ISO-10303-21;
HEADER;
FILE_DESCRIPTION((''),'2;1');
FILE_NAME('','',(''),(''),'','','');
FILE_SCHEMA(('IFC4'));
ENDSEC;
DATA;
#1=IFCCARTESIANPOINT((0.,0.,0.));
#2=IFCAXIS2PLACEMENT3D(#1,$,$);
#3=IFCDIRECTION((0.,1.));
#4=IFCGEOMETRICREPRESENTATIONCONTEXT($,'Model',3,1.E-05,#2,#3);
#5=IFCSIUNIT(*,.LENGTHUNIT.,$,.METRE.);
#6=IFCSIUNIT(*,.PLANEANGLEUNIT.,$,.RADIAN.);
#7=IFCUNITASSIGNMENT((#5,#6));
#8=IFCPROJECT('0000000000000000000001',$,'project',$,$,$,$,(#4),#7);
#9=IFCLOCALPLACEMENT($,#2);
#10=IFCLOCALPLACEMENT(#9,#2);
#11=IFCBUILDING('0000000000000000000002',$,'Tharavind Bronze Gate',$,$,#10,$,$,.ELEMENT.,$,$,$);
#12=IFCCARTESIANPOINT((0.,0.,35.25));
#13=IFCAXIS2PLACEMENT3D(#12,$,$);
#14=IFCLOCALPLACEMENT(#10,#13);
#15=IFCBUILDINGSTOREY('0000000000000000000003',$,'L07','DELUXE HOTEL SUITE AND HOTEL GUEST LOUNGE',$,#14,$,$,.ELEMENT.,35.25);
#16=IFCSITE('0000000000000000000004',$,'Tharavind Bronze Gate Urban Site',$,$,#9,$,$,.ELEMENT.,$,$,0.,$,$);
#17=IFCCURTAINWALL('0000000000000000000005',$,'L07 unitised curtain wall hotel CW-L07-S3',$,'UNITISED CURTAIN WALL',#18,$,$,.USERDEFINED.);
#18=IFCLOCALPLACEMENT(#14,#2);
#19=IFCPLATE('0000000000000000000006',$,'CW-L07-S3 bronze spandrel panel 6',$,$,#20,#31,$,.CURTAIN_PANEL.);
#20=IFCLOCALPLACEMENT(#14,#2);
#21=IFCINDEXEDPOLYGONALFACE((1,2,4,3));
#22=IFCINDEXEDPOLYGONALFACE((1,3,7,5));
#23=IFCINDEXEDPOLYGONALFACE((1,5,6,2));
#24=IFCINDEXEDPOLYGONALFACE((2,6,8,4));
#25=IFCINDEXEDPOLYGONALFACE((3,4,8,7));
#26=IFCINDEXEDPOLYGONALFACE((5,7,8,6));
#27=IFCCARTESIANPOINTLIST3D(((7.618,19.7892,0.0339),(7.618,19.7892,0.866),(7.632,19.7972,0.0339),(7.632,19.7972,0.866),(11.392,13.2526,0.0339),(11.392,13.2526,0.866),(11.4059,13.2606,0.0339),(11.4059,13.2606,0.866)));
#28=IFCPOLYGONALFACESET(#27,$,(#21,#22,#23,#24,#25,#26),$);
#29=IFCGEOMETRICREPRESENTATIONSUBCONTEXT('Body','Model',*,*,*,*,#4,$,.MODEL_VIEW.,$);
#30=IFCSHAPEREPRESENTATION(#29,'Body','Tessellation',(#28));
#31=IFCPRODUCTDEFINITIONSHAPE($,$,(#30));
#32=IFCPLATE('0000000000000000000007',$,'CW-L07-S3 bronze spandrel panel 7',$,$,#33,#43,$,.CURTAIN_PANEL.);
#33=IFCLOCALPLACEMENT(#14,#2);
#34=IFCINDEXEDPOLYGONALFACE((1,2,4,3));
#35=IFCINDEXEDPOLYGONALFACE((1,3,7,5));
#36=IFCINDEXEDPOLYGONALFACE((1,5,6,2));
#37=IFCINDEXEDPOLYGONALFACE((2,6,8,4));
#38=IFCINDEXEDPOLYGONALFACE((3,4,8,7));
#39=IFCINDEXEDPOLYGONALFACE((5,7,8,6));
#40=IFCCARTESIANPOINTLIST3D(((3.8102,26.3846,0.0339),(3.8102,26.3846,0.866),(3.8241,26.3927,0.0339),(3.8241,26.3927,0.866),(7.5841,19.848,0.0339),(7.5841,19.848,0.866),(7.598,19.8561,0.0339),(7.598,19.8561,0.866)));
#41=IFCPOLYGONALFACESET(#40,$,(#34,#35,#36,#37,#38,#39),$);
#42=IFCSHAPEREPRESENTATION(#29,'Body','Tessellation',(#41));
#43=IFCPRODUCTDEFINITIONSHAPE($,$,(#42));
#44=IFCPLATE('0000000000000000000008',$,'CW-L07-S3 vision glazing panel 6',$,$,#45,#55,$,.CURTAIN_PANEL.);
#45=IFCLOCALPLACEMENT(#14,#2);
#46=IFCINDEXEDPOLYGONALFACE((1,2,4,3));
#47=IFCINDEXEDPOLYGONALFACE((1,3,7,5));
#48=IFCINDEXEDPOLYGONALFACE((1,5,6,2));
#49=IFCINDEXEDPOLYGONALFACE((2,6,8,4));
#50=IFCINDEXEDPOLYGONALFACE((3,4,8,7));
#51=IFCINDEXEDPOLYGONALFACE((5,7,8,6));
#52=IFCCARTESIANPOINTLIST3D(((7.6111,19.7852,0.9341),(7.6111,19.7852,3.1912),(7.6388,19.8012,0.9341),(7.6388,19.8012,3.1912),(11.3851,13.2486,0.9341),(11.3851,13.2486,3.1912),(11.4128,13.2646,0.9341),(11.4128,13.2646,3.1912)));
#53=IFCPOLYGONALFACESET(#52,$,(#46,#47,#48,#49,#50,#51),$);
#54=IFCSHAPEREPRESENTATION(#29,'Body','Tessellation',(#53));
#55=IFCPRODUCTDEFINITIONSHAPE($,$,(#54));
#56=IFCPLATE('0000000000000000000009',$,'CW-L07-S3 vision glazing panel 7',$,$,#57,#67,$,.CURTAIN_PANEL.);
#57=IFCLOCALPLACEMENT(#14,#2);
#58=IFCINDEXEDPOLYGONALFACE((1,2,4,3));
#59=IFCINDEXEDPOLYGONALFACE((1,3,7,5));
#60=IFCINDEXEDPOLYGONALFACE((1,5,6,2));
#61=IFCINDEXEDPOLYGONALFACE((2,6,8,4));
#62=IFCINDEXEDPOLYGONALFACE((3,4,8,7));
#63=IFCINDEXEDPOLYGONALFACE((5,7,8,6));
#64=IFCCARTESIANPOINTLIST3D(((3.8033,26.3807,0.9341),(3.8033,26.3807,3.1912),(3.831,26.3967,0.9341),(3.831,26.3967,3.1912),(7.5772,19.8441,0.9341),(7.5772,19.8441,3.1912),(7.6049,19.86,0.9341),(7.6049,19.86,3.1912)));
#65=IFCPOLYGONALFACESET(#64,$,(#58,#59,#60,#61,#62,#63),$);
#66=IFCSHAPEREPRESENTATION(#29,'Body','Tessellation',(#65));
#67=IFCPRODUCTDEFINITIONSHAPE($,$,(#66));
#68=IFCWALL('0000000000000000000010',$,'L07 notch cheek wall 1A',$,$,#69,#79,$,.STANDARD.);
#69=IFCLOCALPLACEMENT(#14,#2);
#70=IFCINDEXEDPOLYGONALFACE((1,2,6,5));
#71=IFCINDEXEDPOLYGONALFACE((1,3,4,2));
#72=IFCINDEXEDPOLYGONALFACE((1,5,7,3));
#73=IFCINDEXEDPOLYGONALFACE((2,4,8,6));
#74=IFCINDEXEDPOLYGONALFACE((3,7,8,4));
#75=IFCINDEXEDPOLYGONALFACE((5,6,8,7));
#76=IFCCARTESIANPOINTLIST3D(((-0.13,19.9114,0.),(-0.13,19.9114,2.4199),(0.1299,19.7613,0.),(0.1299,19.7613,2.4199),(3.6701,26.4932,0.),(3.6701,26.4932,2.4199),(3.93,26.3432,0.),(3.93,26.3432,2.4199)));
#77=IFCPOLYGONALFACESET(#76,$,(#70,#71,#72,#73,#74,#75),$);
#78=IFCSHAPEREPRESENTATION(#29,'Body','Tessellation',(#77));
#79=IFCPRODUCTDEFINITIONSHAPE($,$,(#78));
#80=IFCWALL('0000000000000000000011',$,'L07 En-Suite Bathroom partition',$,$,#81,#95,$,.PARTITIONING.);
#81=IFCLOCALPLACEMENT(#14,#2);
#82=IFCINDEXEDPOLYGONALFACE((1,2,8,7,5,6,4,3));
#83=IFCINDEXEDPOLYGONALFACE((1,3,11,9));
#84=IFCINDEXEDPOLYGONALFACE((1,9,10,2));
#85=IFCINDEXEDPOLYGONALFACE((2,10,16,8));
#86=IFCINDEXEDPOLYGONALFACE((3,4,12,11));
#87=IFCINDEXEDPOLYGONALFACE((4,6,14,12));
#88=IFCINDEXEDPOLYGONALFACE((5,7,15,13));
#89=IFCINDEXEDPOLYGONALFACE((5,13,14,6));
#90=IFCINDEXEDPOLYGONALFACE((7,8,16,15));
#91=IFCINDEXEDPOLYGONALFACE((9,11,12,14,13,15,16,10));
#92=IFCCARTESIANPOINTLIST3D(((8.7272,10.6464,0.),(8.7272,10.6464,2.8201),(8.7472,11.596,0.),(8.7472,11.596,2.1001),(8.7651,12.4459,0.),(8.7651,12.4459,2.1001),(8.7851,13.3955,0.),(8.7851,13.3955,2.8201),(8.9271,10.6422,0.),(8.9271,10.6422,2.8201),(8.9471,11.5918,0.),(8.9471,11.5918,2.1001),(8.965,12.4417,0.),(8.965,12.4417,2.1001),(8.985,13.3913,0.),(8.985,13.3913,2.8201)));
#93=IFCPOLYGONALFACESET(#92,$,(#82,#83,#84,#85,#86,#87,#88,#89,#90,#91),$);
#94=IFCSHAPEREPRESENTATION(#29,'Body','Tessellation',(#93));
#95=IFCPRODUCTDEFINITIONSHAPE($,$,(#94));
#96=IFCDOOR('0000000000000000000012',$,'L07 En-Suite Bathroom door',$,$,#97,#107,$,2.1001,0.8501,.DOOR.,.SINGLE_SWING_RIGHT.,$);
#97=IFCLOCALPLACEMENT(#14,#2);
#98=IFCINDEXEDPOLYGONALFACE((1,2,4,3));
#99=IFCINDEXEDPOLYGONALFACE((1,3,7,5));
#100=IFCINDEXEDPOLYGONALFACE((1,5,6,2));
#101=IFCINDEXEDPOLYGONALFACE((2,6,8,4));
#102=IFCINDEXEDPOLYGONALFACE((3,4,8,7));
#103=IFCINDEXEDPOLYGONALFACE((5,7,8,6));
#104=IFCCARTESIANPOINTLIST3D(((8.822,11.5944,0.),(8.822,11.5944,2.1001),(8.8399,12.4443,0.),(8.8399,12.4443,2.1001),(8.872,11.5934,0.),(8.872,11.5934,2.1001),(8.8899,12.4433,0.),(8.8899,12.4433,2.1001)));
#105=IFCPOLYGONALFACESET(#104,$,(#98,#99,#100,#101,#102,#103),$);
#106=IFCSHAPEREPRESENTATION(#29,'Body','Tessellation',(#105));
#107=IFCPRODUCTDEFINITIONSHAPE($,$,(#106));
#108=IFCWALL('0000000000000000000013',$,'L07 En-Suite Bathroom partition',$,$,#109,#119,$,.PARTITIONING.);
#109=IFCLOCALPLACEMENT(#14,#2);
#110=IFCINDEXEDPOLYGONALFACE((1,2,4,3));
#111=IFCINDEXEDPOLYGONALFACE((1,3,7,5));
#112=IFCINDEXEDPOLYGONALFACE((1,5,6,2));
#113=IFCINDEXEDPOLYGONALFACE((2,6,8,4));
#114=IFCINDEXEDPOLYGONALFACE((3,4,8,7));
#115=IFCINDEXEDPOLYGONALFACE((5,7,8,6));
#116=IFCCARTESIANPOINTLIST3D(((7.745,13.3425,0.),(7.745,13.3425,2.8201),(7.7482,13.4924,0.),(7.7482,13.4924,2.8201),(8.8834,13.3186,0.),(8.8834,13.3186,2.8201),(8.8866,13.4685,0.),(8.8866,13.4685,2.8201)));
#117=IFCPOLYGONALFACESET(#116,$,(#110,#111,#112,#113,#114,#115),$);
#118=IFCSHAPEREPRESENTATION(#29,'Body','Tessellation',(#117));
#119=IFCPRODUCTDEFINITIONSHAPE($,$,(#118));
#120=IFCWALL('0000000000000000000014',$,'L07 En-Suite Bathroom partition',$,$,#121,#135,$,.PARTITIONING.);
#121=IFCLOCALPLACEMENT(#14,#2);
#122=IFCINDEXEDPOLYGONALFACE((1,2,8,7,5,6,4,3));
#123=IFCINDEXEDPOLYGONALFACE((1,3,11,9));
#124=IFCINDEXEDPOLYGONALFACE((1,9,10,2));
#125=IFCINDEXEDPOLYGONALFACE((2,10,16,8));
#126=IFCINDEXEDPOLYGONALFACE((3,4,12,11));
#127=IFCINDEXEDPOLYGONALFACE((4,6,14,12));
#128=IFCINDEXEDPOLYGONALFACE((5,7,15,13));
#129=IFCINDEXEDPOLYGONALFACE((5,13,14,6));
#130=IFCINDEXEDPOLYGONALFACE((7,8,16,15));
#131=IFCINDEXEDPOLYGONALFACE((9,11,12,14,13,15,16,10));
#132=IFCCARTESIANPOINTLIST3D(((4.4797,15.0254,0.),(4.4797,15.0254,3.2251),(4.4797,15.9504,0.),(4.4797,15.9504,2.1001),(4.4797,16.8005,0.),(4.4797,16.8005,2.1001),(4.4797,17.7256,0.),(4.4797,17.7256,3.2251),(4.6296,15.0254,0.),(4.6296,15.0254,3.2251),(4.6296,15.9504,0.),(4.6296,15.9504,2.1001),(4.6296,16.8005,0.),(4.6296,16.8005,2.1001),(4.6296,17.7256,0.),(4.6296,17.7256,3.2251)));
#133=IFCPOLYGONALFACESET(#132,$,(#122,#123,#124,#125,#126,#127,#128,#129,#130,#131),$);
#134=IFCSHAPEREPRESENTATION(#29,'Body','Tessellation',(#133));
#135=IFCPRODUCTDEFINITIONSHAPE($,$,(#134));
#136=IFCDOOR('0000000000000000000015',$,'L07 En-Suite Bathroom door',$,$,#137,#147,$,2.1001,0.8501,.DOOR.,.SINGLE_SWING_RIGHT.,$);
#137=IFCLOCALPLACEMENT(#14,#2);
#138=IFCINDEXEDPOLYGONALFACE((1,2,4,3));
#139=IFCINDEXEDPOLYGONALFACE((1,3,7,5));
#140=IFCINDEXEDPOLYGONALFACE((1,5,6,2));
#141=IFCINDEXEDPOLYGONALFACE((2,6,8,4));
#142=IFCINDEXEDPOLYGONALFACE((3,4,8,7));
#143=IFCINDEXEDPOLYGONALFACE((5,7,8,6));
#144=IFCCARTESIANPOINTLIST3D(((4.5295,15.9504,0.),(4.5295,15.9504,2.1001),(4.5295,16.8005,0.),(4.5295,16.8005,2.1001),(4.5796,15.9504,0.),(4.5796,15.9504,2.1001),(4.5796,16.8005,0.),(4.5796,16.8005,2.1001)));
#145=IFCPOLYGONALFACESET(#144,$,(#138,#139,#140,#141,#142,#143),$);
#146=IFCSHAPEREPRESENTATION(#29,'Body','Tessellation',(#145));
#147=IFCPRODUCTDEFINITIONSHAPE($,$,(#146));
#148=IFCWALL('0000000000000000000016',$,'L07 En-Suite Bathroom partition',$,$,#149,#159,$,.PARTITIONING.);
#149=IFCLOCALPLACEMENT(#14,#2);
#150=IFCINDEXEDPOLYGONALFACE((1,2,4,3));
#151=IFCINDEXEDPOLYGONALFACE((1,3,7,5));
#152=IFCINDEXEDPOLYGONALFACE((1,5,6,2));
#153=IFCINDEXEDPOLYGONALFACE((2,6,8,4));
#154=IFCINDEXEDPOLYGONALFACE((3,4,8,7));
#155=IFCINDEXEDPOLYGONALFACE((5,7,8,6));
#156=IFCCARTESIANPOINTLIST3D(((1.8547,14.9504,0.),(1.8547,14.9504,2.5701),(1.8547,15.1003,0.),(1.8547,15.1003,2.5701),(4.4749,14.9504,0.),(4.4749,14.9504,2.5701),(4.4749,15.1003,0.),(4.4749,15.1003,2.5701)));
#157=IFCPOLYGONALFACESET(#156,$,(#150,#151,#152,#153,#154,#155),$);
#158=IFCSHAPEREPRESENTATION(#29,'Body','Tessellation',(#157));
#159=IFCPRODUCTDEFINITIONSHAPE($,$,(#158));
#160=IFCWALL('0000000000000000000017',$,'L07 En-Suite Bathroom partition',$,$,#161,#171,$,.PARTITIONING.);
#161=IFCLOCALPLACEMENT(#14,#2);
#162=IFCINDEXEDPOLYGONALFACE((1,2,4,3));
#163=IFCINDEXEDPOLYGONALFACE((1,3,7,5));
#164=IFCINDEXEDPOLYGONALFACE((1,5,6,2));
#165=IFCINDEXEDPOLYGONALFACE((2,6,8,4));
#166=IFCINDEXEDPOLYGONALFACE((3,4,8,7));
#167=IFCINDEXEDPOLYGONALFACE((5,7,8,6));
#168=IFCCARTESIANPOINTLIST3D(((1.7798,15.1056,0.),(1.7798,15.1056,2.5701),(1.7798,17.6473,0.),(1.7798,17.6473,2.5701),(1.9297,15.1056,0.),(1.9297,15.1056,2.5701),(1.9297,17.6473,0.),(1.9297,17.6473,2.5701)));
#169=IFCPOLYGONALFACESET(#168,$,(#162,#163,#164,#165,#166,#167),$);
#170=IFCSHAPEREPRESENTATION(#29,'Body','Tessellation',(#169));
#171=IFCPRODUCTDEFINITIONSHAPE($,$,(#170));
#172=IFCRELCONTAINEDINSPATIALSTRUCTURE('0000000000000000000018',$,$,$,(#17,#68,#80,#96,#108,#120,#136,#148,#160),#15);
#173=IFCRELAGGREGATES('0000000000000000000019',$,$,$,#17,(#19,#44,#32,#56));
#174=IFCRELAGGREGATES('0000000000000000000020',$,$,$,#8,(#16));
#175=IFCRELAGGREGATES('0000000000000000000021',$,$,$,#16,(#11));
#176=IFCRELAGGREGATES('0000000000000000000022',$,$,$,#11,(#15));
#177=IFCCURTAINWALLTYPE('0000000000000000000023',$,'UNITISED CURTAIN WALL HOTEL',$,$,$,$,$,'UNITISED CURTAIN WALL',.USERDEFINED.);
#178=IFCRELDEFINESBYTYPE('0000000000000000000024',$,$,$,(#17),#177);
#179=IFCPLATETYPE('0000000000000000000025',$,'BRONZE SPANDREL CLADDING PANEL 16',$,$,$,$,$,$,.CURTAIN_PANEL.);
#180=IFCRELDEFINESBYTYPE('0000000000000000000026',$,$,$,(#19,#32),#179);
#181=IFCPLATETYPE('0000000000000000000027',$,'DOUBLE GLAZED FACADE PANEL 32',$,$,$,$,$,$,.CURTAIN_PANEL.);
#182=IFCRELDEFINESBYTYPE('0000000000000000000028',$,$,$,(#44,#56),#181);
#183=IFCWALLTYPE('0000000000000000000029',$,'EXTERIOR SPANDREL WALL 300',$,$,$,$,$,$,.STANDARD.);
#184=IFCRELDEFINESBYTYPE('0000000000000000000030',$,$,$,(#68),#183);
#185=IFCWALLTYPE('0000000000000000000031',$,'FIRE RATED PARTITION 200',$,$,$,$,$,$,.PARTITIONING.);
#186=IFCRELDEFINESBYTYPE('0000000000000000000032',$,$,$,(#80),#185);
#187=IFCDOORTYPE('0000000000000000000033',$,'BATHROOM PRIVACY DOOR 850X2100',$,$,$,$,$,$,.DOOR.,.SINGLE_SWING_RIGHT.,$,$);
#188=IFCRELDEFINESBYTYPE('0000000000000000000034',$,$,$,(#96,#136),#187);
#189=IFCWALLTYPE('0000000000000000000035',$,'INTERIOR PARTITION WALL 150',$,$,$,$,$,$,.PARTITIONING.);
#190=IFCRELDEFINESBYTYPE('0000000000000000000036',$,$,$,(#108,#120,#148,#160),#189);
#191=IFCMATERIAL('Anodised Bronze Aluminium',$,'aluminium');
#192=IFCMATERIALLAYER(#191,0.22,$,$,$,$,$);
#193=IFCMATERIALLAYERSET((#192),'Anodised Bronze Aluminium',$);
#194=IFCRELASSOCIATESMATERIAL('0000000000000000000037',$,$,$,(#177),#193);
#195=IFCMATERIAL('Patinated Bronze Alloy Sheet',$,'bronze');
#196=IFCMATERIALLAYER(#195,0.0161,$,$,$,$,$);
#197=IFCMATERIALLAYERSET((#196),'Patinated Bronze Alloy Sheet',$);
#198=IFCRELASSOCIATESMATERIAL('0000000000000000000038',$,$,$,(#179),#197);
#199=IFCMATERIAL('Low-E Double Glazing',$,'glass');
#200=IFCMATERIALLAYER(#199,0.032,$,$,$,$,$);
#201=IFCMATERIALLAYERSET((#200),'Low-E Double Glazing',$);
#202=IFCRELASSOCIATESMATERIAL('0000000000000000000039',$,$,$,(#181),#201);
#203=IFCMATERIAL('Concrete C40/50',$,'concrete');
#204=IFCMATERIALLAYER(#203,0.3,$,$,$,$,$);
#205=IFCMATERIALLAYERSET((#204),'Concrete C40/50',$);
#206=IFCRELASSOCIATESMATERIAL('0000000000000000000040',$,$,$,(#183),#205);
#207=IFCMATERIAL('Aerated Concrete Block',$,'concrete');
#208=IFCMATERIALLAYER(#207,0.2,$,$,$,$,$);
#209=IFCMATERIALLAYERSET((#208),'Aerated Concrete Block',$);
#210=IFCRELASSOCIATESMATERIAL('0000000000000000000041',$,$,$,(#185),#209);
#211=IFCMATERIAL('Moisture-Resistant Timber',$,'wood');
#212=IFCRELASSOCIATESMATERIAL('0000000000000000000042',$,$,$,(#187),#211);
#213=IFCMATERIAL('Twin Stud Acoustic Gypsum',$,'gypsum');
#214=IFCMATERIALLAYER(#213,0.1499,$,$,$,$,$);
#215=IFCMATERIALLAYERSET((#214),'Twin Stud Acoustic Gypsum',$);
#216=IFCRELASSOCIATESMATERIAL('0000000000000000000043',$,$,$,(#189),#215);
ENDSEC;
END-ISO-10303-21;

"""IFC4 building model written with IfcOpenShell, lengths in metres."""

from ifc_helpers import new_model, si_unit, direction, frame, frame_2d, origin, origin_2d, place, context, subcontext, project, spatial, rectangle, extrude, material, layer, layer_set, type_object, element, fill, aggregate, save


model = new_model("IFC4")

# Units and contexts
model_context = context("Model", 3, precision=1e-05, world=origin(), true_north=direction((0.0, 1.0)))
body_context = subcontext(model_context, "Body", "Model", "MODEL_VIEW")
ifc_project = project(units=[si_unit("LENGTHUNIT", "METRE"), si_unit("PLANEANGLEUNIT", "RADIAN")], contexts=[model_context])

# Site, building, storey
site_placement = place(None, origin())
site = spatial("IfcSite", under=ifc_project, at=site_placement, Name="Tharavind Bronze Gate Urban Site", CompositionType="ELEMENT", RefElevation=0.0)
building_placement = place(site_placement, origin())
building = spatial("IfcBuilding", under=site, at=building_placement, Name="Tharavind Bronze Gate", CompositionType="ELEMENT")
storey_placement = place(building_placement, frame((0.0, 0.0, 35.25)))
storey = spatial("IfcBuildingStorey", under=building, at=storey_placement, Name="L07", Description="DELUXE HOTEL SUITE AND HOTEL GUEST LOUNGE", CompositionType="ELEMENT", Elevation=35.25)

# Curtain wall
ifc_material_1 = material(Name="Anodised Bronze Aluminium", Category="aluminium")
ifc_layer_1 = layer(ifc_material_1, 0.22)
ifc_layer_set_1 = layer_set([ifc_layer_1], Name="Anodised Bronze Aluminium")
curtain_wall_type = type_object("IfcCurtainWallType", Name="UNITISED CURTAIN WALL HOTEL", ElementType="UNITISED CURTAIN WALL", PredefinedType="USERDEFINED", material=ifc_layer_set_1)
curtain_wall_placement = place(storey_placement, origin())
curtain_wall = element("IfcCurtainWall", 1, at=curtain_wall_placement, inside=storey, type_object=curtain_wall_type, Name="L07 unitised curtain wall hotel CW-L07-S3", ObjectType="UNITISED CURTAIN WALL", PredefinedType="USERDEFINED")

# Plates
ifc_material_2 = material(Name="Patinated Bronze Alloy Sheet", Category="bronze")
ifc_layer_2 = layer(ifc_material_2, 0.0161)
ifc_layer_set_2 = layer_set([ifc_layer_2], Name="Patinated Bronze Alloy Sheet")
plate_type_1 = type_object("IfcPlateType", Name="BRONZE SPANDREL CLADDING PANEL 16", PredefinedType="CURTAIN_PANEL", material=ifc_layer_set_2)
plate_1_placement = place(storey_placement, frame((9.512, 16.5249, 0.0339), z_axis=(0.0, 0.0, 1.0), x_axis=(-0.500002, 0.866025, 0.0)))
plate_1 = element("IfcPlate", 2, at=plate_1_placement, type_object=plate_type_1, Name="CW-L07-S3 bronze spandrel panel 6", PredefinedType="CURTAIN_PANEL", context=body_context, shape_type="SweptSolid", body=[
    extrude(rectangle(XDim=7.5479, YDim=0.0161, at=origin_2d()), origin(), (0.0, 0.0, 1.0), 0.832),
])
plate_2_placement = place(storey_placement, frame((5.7041, 23.1204, 0.0339), z_axis=(0.0, 0.0, 1.0), x_axis=(-0.500002, 0.866025, 0.0)))
plate_2 = element("IfcPlate", 3, at=plate_2_placement, type_object=plate_type_1, Name="CW-L07-S3 bronze spandrel panel 7", PredefinedType="CURTAIN_PANEL", context=body_context, shape_type="SweptSolid", body=[
    extrude(rectangle(XDim=7.5479, YDim=0.0161, at=origin_2d()), origin(), (0.0, 0.0, 1.0), 0.832),
])
ifc_material_3 = material(Name="Low-E Double Glazing", Category="glass")
ifc_layer_3 = layer(ifc_material_3, 0.032)
ifc_layer_set_3 = layer_set([ifc_layer_3], Name="Low-E Double Glazing")
plate_type_2 = type_object("IfcPlateType", Name="DOUBLE GLAZED FACADE PANEL 32", PredefinedType="CURTAIN_PANEL", material=ifc_layer_set_3)
plate_3_placement = place(storey_placement, frame((9.512, 16.5249, 0.9341), z_axis=(0.0, 0.0, 1.0), x_axis=(-0.500002, 0.866025, 0.0)))
plate_3 = element("IfcPlate", 4, at=plate_3_placement, type_object=plate_type_2, Name="CW-L07-S3 vision glazing panel 6", PredefinedType="CURTAIN_PANEL", context=body_context, shape_type="SweptSolid", body=[
    extrude(rectangle(XDim=7.5479, YDim=0.032, at=origin_2d()), origin(), (0.0, 0.0, 1.0), 2.2571),
])
plate_4_placement = place(storey_placement, frame((5.7041, 23.1204, 0.9341), z_axis=(0.0, 0.0, 1.0), x_axis=(-0.500002, 0.866025, 0.0)))
plate_4 = element("IfcPlate", 5, at=plate_4_placement, type_object=plate_type_2, Name="CW-L07-S3 vision glazing panel 7", PredefinedType="CURTAIN_PANEL", context=body_context, shape_type="SweptSolid", body=[
    extrude(rectangle(XDim=7.5479, YDim=0.032, at=origin_2d()), origin(), (0.0, 0.0, 1.0), 2.2571),
])
aggregate(curtain_wall, [plate_1, plate_3, plate_2, plate_4])

# Wall
ifc_material_4 = material(Name="Concrete C40/50", Category="concrete")
ifc_layer_4 = layer(ifc_material_4, 0.3)
ifc_layer_set_4 = layer_set([ifc_layer_4], Name="Concrete C40/50")
wall_type_1 = type_object("IfcWallType", Name="EXTERIOR SPANDREL WALL 300", PredefinedType="STANDARD", material=ifc_layer_set_4)
wall_1_placement = place(storey_placement, frame((3.8, 26.4182, 0.0), z_axis=(0.0, 0.0, 1.0), x_axis=(-0.500005, -0.866022, 0.0)))
element("IfcWall", 6, at=wall_1_placement, inside=storey, type_object=wall_type_1, Name="L07 notch cheek wall 1A", PredefinedType="STANDARD", context=body_context, shape_type="SweptSolid", body=[
    extrude(rectangle(XDim=7.6001, YDim=0.3, at=frame_2d((3.8, 0.0))), origin(), (0.0, 0.0, 1.0), 2.4199),
])

# Wall, opening, door
ifc_material_5 = material(Name="Aerated Concrete Block", Category="concrete")
ifc_layer_5 = layer(ifc_material_5, 0.2)
ifc_layer_set_5 = layer_set([ifc_layer_5], Name="Aerated Concrete Block")
wall_type_2 = type_object("IfcWallType", Name="FIRE RATED PARTITION 200", PredefinedType="PARTITIONING", material=ifc_layer_set_5)
wall_2_placement = place(storey_placement, frame((8.885, 13.3936, 0.0), z_axis=(0.0, 0.0, 1.0), x_axis=(-0.021041, -0.999779, 0.0)))
wall_2 = element("IfcWall", 7, at=wall_2_placement, inside=storey, type_object=wall_type_2, Name="L07 En-Suite Bathroom partition", PredefinedType="PARTITIONING", context=body_context, shape_type="SweptSolid", body=[
    extrude(rectangle(XDim=2.7498, YDim=0.2, at=frame_2d((1.375, 0.0))), origin(), (0.0, 0.0, 1.0), 2.8201),
])
opening_1_placement = place(wall_2_placement, frame((0.95, 0.0, 0.0)))
opening_1 = element("IfcOpeningElement", 8, at=opening_1_placement, cuts=wall_2, PredefinedType="OPENING", context=body_context, shape_type="SweptSolid", body=[
    extrude(rectangle(XDim=0.8501, YDim=2.1001, at=frame_2d((0.425, 1.05))), frame((0.0, 0.1101, 0.0), z_axis=(0.0, -1.0, 0.0), x_axis=(1.0, 0.0, 0.0)), (0.0, 0.0, 1.0), 0.22),
])
ifc_material_6 = material(Name="Moisture-Resistant Timber", Category="wood")
door_type = type_object("IfcDoorType", Name="BATHROOM PRIVACY DOOR 850X2100", OperationType="SINGLE_SWING_RIGHT", PredefinedType="DOOR", material=ifc_material_6)
door_1_placement = place(opening_1_placement, origin())
door_1 = element("IfcDoor", 9, at=door_1_placement, inside=storey, type_object=door_type, Name="L07 En-Suite Bathroom door", OperationType="SINGLE_SWING_RIGHT", OverallHeight=2.1001, OverallWidth=0.8501, PredefinedType="DOOR", context=body_context, shape_type="SweptSolid", body=[
    extrude(rectangle(XDim=0.8501, YDim=2.1001, at=frame_2d((0.425, 1.05))), frame((0.0, 0.0249, 0.0), z_axis=(0.0, -1.0, 0.0), x_axis=(1.0, 0.0, 0.0)), (0.0, 0.0, 1.0), 0.05),
])
fill(opening_1, door_1)

# Wall
ifc_material_7 = material(Name="Twin Stud Acoustic Gypsum", Category="gypsum")
ifc_layer_6 = layer(ifc_material_7, 0.1499)
ifc_layer_set_6 = layer_set([ifc_layer_6], Name="Twin Stud Acoustic Gypsum")
wall_type_3 = type_object("IfcWallType", Name="INTERIOR PARTITION WALL 150", PredefinedType="PARTITIONING", material=ifc_layer_set_6)
wall_3_placement = place(storey_placement, frame((7.7466, 13.4175, 0.0), z_axis=(0.0, 0.0, 1.0), x_axis=(0.999779, -0.021012, 0.0)))
element("IfcWall", 10, at=wall_3_placement, inside=storey, type_object=wall_type_3, Name="L07 En-Suite Bathroom partition", PredefinedType="PARTITIONING", context=body_context, shape_type="SweptSolid", body=[
    extrude(rectangle(XDim=1.1387, YDim=0.1499, at=frame_2d((0.5693, 0.0))), origin(), (0.0, 0.0, 1.0), 2.8201),
])

# Wall, opening, door
wall_4_placement = place(storey_placement, frame((4.5547, 17.7256, 0.0), z_axis=(0.0, 0.0, 1.0), x_axis=(0.0, -1.0, 0.0)))
wall_4 = element("IfcWall", 11, at=wall_4_placement, inside=storey, type_object=wall_type_3, Name="L07 En-Suite Bathroom partition", PredefinedType="PARTITIONING", context=body_context, shape_type="SweptSolid", body=[
    extrude(rectangle(XDim=2.7002, YDim=0.1499, at=frame_2d((1.3501, 0.0))), origin(), (0.0, 0.0, 1.0), 3.2251),
])
opening_2_placement = place(wall_4_placement, frame((0.925, 0.0, 0.0)))
opening_2 = element("IfcOpeningElement", 12, at=opening_2_placement, cuts=wall_4, PredefinedType="OPENING", context=body_context, shape_type="SweptSolid", body=[
    extrude(rectangle(XDim=0.8501, YDim=2.1001, at=frame_2d((0.425, 1.05))), frame((0.0, 0.085, 0.0), z_axis=(0.0, -1.0, 0.0), x_axis=(1.0, 0.0, 0.0)), (0.0, 0.0, 1.0), 0.1699),
])
door_2_placement = place(opening_2_placement, origin())
door_2 = element("IfcDoor", 13, at=door_2_placement, inside=storey, type_object=door_type, Name="L07 En-Suite Bathroom door", OperationType="SINGLE_SWING_RIGHT", OverallHeight=2.1001, OverallWidth=0.8501, PredefinedType="DOOR", context=body_context, shape_type="SweptSolid", body=[
    extrude(rectangle(XDim=0.8501, YDim=2.1001, at=frame_2d((0.425, 1.05))), frame((0.0, 0.0249, 0.0), z_axis=(0.0, -1.0, 0.0), x_axis=(1.0, 0.0, 0.0)), (0.0, 0.0, 1.0), 0.05),
])
fill(opening_2, door_2)

# Walls
wall_5_placement = place(storey_placement, frame((4.4749, 15.0254, 0.0), z_axis=(0.0, 0.0, 1.0), x_axis=(-1.0, 0.0, 0.0)))
element("IfcWall", 14, at=wall_5_placement, inside=storey, type_object=wall_type_3, Name="L07 En-Suite Bathroom partition", PredefinedType="PARTITIONING", context=body_context, shape_type="SweptSolid", body=[
    extrude(rectangle(XDim=2.6201, YDim=0.1499, at=frame_2d((1.3101, 0.0))), origin(), (0.0, 0.0, 1.0), 2.5701),
])
wall_6_placement = place(storey_placement, frame((1.8547, 15.1055, 0.0), z_axis=(0.0, 0.0, 1.0), x_axis=(0.0, 1.0, 0.0)))
element("IfcWall", 15, at=wall_6_placement, inside=storey, type_object=wall_type_3, Name="L07 En-Suite Bathroom partition", PredefinedType="PARTITIONING", context=body_context, shape_type="SweptSolid", body=[
    extrude(rectangle(XDim=2.5417, YDim=0.1499, at=frame_2d((1.271, 0.0))), origin(), (0.0, 0.0, 1.0), 2.5701),
])

save(model, "model.ifc")
